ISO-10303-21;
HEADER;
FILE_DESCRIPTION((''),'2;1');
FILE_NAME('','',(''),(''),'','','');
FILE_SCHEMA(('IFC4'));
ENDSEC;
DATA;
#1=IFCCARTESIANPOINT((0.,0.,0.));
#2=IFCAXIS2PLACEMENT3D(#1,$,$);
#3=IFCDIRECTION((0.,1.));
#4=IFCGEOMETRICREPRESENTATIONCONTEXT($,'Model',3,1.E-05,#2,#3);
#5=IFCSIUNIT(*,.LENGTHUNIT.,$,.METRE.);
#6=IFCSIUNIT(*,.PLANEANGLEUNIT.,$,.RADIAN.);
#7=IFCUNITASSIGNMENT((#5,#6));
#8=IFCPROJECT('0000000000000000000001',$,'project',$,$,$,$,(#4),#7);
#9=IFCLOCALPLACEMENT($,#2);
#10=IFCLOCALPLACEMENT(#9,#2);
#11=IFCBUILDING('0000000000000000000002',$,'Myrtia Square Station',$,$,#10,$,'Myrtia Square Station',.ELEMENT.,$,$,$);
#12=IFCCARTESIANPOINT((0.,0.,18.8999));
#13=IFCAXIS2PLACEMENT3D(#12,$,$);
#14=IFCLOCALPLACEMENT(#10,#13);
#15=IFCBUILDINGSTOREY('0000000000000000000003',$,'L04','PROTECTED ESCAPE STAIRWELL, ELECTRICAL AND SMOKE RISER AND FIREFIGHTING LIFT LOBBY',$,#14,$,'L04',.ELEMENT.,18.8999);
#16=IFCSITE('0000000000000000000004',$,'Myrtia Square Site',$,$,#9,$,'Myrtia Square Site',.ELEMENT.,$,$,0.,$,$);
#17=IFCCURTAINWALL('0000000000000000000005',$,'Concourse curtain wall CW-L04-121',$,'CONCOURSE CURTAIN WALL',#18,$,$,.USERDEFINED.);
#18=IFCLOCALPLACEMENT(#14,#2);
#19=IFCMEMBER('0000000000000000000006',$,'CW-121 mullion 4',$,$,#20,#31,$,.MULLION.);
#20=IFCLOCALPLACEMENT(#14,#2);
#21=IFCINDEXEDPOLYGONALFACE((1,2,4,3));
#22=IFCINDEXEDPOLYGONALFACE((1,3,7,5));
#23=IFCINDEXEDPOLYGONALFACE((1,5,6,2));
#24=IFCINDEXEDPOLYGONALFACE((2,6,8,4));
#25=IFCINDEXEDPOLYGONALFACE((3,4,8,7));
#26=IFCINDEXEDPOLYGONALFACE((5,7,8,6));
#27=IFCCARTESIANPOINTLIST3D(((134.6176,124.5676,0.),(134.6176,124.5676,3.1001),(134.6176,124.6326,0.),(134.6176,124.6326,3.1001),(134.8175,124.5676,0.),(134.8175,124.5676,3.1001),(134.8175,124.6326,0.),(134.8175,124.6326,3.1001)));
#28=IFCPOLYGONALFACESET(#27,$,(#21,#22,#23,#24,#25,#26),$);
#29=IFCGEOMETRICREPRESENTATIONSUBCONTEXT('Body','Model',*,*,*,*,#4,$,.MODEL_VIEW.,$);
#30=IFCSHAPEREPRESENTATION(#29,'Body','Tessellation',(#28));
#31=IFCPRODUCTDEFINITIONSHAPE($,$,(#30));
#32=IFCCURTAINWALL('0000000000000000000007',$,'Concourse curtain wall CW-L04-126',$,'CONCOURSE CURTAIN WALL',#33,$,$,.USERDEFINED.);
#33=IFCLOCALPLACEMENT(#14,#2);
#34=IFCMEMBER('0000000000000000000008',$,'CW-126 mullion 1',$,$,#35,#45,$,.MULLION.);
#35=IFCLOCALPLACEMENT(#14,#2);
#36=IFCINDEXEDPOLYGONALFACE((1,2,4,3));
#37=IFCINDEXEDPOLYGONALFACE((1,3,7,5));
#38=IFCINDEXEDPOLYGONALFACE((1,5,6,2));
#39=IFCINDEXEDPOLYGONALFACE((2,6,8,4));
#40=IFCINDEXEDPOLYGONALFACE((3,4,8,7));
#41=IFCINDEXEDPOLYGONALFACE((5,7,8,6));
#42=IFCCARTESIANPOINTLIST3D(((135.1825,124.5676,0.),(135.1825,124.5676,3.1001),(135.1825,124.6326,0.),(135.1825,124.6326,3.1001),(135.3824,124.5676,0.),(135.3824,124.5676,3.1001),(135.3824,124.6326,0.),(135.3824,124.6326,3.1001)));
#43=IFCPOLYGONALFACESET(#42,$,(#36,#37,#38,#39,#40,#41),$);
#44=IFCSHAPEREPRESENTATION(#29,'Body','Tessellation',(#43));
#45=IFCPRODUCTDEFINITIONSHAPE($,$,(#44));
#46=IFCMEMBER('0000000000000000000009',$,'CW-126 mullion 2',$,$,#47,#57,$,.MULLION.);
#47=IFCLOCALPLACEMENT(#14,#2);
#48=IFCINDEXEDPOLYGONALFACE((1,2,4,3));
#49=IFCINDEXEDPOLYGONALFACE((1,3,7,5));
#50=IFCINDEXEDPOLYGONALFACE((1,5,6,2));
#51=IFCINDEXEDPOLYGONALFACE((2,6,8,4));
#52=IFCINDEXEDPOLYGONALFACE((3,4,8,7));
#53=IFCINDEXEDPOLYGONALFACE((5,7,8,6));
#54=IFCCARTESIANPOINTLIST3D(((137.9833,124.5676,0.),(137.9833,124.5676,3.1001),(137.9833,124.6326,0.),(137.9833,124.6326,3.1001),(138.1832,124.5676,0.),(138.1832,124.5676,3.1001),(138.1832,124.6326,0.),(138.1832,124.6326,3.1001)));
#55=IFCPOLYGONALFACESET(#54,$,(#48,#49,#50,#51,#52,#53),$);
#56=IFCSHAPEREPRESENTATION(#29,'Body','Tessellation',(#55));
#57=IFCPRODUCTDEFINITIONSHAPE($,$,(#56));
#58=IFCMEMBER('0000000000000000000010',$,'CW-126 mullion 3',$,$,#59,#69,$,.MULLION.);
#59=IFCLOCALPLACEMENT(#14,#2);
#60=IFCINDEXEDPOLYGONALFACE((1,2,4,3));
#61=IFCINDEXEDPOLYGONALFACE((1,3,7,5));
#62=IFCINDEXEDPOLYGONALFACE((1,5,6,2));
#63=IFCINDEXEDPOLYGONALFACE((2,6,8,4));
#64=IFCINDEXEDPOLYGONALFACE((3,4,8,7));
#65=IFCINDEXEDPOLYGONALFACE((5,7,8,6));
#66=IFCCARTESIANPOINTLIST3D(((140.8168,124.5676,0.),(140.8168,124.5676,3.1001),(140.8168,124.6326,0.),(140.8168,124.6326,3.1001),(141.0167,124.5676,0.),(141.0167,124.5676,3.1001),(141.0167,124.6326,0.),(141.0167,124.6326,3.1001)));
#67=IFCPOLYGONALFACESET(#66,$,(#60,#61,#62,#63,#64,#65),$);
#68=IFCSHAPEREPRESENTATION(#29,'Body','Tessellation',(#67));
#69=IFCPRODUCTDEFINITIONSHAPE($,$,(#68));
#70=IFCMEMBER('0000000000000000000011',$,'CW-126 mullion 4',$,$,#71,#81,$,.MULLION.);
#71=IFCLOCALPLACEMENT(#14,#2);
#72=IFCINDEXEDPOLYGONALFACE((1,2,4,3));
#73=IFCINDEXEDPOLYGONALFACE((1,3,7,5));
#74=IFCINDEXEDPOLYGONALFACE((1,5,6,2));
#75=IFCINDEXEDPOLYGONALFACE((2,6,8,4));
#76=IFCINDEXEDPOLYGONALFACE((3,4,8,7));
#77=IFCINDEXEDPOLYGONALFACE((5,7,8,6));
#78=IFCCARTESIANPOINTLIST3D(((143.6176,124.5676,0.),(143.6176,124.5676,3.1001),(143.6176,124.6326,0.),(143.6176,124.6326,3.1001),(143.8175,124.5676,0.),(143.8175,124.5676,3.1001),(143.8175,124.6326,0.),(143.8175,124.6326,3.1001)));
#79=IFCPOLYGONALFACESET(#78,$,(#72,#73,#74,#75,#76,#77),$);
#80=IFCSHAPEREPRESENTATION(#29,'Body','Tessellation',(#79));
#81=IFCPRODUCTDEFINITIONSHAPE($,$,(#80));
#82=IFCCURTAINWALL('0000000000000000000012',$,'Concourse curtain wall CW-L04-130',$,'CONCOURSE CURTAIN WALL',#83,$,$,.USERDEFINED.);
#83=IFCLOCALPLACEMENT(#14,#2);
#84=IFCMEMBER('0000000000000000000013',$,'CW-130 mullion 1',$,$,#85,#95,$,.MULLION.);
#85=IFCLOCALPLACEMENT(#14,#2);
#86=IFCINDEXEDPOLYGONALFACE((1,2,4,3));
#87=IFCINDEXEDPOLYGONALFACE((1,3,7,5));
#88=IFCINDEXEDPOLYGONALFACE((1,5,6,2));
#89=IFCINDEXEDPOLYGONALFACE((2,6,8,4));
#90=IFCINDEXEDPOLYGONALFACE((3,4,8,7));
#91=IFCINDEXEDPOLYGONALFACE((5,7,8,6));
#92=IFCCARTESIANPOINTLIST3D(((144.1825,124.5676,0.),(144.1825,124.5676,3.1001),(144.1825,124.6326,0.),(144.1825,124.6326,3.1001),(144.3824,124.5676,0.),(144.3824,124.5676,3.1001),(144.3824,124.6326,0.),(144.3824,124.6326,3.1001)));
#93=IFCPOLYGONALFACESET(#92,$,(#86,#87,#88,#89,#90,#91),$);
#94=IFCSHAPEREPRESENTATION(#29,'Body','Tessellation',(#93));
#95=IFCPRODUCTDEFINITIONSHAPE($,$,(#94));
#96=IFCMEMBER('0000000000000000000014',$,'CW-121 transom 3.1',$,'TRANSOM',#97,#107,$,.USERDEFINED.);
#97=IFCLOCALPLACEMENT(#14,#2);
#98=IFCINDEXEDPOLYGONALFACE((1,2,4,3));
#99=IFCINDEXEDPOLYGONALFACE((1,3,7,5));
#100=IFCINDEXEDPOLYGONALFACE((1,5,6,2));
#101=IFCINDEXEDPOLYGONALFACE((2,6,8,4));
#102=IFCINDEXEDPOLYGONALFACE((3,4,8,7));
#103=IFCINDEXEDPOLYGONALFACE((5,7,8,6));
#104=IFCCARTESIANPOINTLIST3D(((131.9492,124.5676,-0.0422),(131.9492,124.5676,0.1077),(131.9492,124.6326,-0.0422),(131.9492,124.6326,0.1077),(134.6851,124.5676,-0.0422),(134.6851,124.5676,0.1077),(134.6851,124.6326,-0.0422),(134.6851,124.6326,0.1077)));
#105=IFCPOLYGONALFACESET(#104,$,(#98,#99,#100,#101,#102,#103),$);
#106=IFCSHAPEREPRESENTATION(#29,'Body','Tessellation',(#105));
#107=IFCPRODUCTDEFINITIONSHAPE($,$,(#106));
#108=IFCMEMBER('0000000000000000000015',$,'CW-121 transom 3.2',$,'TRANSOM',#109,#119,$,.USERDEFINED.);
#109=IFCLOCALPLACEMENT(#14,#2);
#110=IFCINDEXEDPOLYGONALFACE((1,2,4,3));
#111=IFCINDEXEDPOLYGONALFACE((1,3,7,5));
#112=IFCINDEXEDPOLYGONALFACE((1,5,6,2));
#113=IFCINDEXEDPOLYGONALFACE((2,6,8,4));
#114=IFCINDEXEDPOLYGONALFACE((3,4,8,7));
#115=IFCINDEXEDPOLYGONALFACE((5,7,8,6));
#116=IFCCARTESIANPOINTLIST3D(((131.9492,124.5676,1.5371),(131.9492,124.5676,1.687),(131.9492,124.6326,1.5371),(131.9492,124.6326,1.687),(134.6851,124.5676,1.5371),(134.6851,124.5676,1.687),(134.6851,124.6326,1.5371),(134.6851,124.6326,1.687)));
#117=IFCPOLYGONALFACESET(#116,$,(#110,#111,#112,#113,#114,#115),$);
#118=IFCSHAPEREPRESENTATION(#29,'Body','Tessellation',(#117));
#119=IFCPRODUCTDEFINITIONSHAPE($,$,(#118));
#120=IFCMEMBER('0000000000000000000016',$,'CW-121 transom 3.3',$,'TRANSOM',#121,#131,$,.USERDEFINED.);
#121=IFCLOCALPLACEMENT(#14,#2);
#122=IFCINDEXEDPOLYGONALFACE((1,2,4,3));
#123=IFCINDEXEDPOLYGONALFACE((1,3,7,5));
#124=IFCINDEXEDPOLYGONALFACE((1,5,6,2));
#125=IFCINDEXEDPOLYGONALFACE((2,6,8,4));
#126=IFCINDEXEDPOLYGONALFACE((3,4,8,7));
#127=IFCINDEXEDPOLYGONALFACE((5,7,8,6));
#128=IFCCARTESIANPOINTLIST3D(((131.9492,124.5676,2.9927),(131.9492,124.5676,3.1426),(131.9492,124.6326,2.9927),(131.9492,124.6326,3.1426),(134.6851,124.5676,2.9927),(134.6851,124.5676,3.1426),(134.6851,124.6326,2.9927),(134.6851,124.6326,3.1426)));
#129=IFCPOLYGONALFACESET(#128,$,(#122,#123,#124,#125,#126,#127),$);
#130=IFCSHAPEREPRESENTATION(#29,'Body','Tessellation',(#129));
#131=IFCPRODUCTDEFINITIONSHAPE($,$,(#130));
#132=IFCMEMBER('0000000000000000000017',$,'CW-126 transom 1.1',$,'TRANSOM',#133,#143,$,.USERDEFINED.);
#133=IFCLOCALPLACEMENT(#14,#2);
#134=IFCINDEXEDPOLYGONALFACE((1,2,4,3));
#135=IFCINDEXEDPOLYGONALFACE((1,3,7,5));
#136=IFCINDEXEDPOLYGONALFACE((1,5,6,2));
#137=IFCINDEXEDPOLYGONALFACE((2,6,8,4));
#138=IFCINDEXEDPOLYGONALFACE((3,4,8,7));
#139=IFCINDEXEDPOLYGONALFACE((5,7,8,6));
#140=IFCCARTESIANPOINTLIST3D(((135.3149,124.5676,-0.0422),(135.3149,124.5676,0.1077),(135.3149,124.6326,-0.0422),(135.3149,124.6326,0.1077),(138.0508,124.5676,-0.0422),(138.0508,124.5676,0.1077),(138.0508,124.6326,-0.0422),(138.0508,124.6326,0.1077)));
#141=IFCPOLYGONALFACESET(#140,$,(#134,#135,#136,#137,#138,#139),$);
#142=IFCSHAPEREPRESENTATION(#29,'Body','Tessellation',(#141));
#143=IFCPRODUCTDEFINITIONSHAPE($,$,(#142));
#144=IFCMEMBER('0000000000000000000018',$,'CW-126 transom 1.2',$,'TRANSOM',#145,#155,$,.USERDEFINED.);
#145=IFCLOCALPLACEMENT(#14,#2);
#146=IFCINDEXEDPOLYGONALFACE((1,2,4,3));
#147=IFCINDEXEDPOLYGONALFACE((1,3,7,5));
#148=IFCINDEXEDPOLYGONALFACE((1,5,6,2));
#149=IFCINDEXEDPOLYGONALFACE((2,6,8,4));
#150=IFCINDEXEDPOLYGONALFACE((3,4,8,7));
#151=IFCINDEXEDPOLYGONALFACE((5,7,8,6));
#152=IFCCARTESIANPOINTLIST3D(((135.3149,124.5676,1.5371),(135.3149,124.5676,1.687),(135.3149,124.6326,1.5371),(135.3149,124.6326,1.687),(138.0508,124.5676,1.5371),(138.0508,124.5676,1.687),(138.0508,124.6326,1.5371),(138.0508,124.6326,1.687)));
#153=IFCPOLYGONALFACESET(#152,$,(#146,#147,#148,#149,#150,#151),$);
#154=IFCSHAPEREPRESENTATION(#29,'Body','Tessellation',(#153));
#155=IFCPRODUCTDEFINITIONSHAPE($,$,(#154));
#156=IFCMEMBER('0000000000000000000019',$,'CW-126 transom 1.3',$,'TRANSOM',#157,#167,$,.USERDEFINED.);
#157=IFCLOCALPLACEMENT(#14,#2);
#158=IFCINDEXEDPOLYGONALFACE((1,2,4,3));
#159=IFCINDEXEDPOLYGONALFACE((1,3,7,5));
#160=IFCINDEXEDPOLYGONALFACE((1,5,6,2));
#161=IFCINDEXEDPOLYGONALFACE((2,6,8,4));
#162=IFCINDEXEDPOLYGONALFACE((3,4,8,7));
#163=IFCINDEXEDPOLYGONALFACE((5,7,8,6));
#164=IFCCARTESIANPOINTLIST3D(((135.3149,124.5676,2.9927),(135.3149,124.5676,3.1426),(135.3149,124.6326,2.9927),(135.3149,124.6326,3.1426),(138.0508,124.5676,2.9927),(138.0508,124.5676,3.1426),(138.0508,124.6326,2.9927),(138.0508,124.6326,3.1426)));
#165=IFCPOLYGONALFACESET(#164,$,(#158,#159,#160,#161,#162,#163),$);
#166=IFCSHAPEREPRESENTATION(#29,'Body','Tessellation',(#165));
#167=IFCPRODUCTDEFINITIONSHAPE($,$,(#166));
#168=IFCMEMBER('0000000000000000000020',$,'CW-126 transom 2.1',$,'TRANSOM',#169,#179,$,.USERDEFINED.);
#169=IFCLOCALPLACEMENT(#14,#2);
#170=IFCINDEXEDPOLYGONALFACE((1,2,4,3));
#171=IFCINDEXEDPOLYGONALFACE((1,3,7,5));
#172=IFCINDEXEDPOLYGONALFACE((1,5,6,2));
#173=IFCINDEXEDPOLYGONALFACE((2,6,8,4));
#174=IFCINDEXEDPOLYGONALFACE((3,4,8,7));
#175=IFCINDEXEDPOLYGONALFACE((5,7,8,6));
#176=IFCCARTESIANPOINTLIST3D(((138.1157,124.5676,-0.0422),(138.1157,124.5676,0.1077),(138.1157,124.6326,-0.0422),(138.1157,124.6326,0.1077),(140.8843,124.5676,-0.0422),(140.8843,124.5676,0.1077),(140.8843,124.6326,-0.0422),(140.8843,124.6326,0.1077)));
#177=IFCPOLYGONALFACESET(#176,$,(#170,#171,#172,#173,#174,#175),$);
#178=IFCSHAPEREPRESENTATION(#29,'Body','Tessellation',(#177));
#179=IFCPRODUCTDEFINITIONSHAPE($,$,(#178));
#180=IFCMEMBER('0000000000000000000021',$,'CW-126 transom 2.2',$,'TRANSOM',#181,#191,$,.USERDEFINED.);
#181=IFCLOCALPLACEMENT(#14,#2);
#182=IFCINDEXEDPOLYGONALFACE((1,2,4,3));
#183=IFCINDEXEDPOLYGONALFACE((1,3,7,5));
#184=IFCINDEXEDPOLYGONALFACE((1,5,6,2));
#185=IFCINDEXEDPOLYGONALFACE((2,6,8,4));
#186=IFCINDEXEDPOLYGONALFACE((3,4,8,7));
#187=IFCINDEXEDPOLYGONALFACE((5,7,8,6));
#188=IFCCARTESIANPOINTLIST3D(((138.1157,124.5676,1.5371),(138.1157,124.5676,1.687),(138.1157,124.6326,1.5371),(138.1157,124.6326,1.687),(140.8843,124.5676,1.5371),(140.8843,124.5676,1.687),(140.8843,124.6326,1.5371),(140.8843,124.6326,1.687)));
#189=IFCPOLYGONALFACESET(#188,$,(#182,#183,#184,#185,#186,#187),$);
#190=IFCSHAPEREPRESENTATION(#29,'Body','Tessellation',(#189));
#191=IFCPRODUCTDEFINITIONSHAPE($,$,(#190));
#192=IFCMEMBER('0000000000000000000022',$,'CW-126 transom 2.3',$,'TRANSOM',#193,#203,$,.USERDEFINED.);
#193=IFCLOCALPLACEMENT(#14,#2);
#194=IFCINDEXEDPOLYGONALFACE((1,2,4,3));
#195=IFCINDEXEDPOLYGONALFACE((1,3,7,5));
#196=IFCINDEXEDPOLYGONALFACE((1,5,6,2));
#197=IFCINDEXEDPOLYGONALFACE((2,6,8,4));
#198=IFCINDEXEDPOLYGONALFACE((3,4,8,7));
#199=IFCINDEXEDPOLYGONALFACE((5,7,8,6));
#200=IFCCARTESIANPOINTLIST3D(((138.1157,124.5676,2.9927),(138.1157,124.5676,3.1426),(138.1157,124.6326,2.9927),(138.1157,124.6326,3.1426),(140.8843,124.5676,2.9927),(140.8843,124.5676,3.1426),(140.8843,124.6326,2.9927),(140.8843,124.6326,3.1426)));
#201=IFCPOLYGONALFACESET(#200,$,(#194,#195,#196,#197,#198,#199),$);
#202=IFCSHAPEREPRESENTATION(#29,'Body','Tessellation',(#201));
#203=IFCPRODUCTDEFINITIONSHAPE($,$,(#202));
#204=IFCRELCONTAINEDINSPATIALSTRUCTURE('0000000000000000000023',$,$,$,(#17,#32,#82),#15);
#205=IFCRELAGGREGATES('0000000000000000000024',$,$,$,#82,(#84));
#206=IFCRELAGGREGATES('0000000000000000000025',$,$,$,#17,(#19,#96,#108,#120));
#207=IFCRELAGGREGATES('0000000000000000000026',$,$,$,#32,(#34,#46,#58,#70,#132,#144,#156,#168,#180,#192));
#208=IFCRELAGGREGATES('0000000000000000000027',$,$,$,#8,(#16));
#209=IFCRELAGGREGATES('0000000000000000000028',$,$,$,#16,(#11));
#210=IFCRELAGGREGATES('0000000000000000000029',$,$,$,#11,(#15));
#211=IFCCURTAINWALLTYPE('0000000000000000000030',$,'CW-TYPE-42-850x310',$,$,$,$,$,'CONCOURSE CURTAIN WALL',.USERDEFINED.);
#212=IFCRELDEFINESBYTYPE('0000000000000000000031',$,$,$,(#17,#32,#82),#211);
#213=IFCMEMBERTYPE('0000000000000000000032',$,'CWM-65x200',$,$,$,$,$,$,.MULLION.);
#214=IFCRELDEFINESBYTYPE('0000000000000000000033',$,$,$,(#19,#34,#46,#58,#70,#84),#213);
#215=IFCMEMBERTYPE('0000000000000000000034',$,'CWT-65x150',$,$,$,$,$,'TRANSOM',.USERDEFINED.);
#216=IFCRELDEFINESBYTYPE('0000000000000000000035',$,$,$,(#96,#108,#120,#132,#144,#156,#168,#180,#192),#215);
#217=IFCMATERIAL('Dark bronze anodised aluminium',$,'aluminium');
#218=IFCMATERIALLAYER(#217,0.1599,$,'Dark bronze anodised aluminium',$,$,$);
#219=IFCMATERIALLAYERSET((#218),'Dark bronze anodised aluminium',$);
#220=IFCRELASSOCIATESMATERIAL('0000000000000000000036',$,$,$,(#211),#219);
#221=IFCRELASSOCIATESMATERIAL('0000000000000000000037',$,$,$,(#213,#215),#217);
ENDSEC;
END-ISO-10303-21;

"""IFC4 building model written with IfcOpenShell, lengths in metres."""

from ifc_helpers import new_model, si_unit, direction, frame, origin, origin_2d, place, context, subcontext, project, spatial, rectangle, extrude, material, layer, layer_set, material_profile, profile_set, type_object, element, aggregate, save


model = new_model("IFC4")

# Units and contexts
model_context = context("Model", 3, precision=1e-05, world=origin(), true_north=direction((0.0, 1.0)))
body_context = subcontext(model_context, "Body", "Model", "MODEL_VIEW")
ifc_project = project(units=[si_unit("LENGTHUNIT", "METRE"), si_unit("PLANEANGLEUNIT", "RADIAN")], contexts=[model_context])

# Site, building, storey
site_placement = place(None, origin())
site = spatial("IfcSite", under=ifc_project, at=site_placement, Name="Myrtia Square Site", LongName="Myrtia Square Site", CompositionType="ELEMENT", RefElevation=0.0)
building_placement = place(site_placement, origin())
building = spatial("IfcBuilding", under=site, at=building_placement, Name="Myrtia Square Station", LongName="Myrtia Square Station", CompositionType="ELEMENT")
storey_placement = place(building_placement, frame((0.0, 0.0, 18.8999)))
storey = spatial("IfcBuildingStorey", under=building, at=storey_placement, Name="L04", Description="PROTECTED ESCAPE STAIRWELL, ELECTRICAL AND SMOKE RISER AND FIREFIGHTING LIFT LOBBY", LongName="L04", CompositionType="ELEMENT", Elevation=18.8999)

# Curtain wall, member
ifc_material_1 = material(Name="Dark bronze anodised aluminium", Category="aluminium")
ifc_layer_1 = layer(ifc_material_1, 0.1599, Name="Dark bronze anodised aluminium")
ifc_layer_set_1 = layer_set([ifc_layer_1], Name="Dark bronze anodised aluminium")
curtain_wall_type = type_object("IfcCurtainWallType", Name="CW-TYPE-42-850x310", ElementType="CONCOURSE CURTAIN WALL", PredefinedType="USERDEFINED", material=ifc_layer_set_1)
curtain_wall_1_placement = place(storey_placement, origin())
curtain_wall_1 = element("IfcCurtainWall", 1, at=curtain_wall_1_placement, inside=storey, type_object=curtain_wall_type, Name="Concourse curtain wall CW-L04-121", ObjectType="CONCOURSE CURTAIN WALL", PredefinedType="USERDEFINED")
ifc_material_profile_1 = material_profile(ifc_material_1, rectangle(XDim=0.0649, YDim=0.2, at=origin_2d()), Name="ALU-M 65x200")
ifc_profile_set_1 = profile_set([ifc_material_profile_1], Name="Dark bronze anodised aluminium")
member_type_1 = type_object("IfcMemberType", Name="CWM-65x200", PredefinedType="MULLION", material=ifc_profile_set_1)
member_1_placement = place(storey_placement, frame((134.7175, 124.6001, 0.0), z_axis=(0.0, 0.0, 1.0), x_axis=(0.0, 1.0, 0.0)))
member_1 = element("IfcMember", 2, at=member_1_placement, type_object=member_type_1, Name="CW-121 mullion 4", PredefinedType="MULLION", context=body_context, shape_type="SweptSolid", body=[
    extrude(rectangle(XDim=0.0649, YDim=0.2, at=origin_2d()), origin(), (0.0, 0.0, 1.0), 3.1001),
])

# Curtain wall, members
curtain_wall_2_placement = place(storey_placement, origin())
curtain_wall_2 = element("IfcCurtainWall", 3, at=curtain_wall_2_placement, inside=storey, type_object=curtain_wall_type, Name="Concourse curtain wall CW-L04-126", ObjectType="CONCOURSE CURTAIN WALL", PredefinedType="USERDEFINED")
member_2_placement = place(storey_placement, frame((135.2825, 124.6001, 0.0), z_axis=(0.0, 0.0, 1.0), x_axis=(0.0, 1.0, 0.0)))
member_2 = element("IfcMember", 4, at=member_2_placement, type_object=member_type_1, Name="CW-126 mullion 1", PredefinedType="MULLION", context=body_context, shape_type="SweptSolid", body=[
    extrude(rectangle(XDim=0.0649, YDim=0.2, at=origin_2d()), origin(), (0.0, 0.0, 1.0), 3.1001),
])
member_3_placement = place(storey_placement, frame((138.0833, 124.6001, 0.0), z_axis=(0.0, 0.0, 1.0), x_axis=(0.0, 1.0, 0.0)))
member_3 = element("IfcMember", 5, at=member_3_placement, type_object=member_type_1, Name="CW-126 mullion 2", PredefinedType="MULLION", context=body_context, shape_type="SweptSolid", body=[
    extrude(rectangle(XDim=0.0649, YDim=0.2, at=origin_2d()), origin(), (0.0, 0.0, 1.0), 3.1001),
])
member_4_placement = place(storey_placement, frame((140.9167, 124.6001, 0.0), z_axis=(0.0, 0.0, 1.0), x_axis=(0.0, 1.0, 0.0)))
member_4 = element("IfcMember", 6, at=member_4_placement, type_object=member_type_1, Name="CW-126 mullion 3", PredefinedType="MULLION", context=body_context, shape_type="SweptSolid", body=[
    extrude(rectangle(XDim=0.0649, YDim=0.2, at=origin_2d()), origin(), (0.0, 0.0, 1.0), 3.1001),
])
member_5_placement = place(storey_placement, frame((143.7175, 124.6001, 0.0), z_axis=(0.0, 0.0, 1.0), x_axis=(0.0, 1.0, 0.0)))
member_5 = element("IfcMember", 7, at=member_5_placement, type_object=member_type_1, Name="CW-126 mullion 4", PredefinedType="MULLION", context=body_context, shape_type="SweptSolid", body=[
    extrude(rectangle(XDim=0.0649, YDim=0.2, at=origin_2d()), origin(), (0.0, 0.0, 1.0), 3.1001),
])

# Curtain wall, member
curtain_wall_3_placement = place(storey_placement, origin())
curtain_wall_3 = element("IfcCurtainWall", 8, at=curtain_wall_3_placement, inside=storey, type_object=curtain_wall_type, Name="Concourse curtain wall CW-L04-130", ObjectType="CONCOURSE CURTAIN WALL", PredefinedType="USERDEFINED")
member_6_placement = place(storey_placement, frame((144.2825, 124.6001, 0.0), z_axis=(0.0, 0.0, 1.0), x_axis=(0.0, 1.0, 0.0)))
member_6 = element("IfcMember", 9, at=member_6_placement, type_object=member_type_1, Name="CW-130 mullion 1", PredefinedType="MULLION", context=body_context, shape_type="SweptSolid", body=[
    extrude(rectangle(XDim=0.0649, YDim=0.2, at=origin_2d()), origin(), (0.0, 0.0, 1.0), 3.1001),
])

# Members
ifc_material_profile_2 = material_profile(ifc_material_1, rectangle(XDim=0.0649, YDim=0.1499, at=origin_2d()), Name="ALU-T 65x150")
ifc_profile_set_2 = profile_set([ifc_material_profile_2], Name="Dark bronze anodised aluminium")
member_type_2 = type_object("IfcMemberType", Name="CWT-65x150", ElementType="TRANSOM", PredefinedType="USERDEFINED", material=ifc_profile_set_2)
member_7_placement = place(storey_placement, frame((131.9492, 124.6001, 0.0327), z_axis=(1.0, 0.0, 0.0), x_axis=(0.0, 1.0, 0.0)))
member_7 = element("IfcMember", 10, at=member_7_placement, type_object=member_type_2, Name="CW-121 transom 3.1", ObjectType="TRANSOM", PredefinedType="USERDEFINED", context=body_context, shape_type="SweptSolid", body=[
    extrude(rectangle(XDim=0.0649, YDim=0.1499, at=origin_2d()), origin(), (0.0, 0.0, 1.0), 2.7358),
])
member_8_placement = place(storey_placement, frame((131.9492, 124.6001, 1.6121), z_axis=(1.0, 0.0, 0.0), x_axis=(0.0, 1.0, 0.0)))
member_8 = element("IfcMember", 11, at=member_8_placement, type_object=member_type_2, Name="CW-121 transom 3.2", ObjectType="TRANSOM", PredefinedType="USERDEFINED", context=body_context, shape_type="SweptSolid", body=[
    extrude(rectangle(XDim=0.0649, YDim=0.1499, at=origin_2d()), origin(), (0.0, 0.0, 1.0), 2.7358),
])
member_9_placement = place(storey_placement, frame((131.9492, 124.6001, 3.0676), z_axis=(1.0, 0.0, 0.0), x_axis=(0.0, 1.0, 0.0)))
member_9 = element("IfcMember", 12, at=member_9_placement, type_object=member_type_2, Name="CW-121 transom 3.3", ObjectType="TRANSOM", PredefinedType="USERDEFINED", context=body_context, shape_type="SweptSolid", body=[
    extrude(rectangle(XDim=0.0649, YDim=0.1499, at=origin_2d()), origin(), (0.0, 0.0, 1.0), 2.7358),
])
member_10_placement = place(storey_placement, frame((135.3149, 124.6001, 0.0327), z_axis=(1.0, 0.0, 0.0), x_axis=(0.0, 1.0, 0.0)))
member_10 = element("IfcMember", 13, at=member_10_placement, type_object=member_type_2, Name="CW-126 transom 1.1", ObjectType="TRANSOM", PredefinedType="USERDEFINED", context=body_context, shape_type="SweptSolid", body=[
    extrude(rectangle(XDim=0.0649, YDim=0.1499, at=origin_2d()), origin(), (0.0, 0.0, 1.0), 2.7358),
])
member_11_placement = place(storey_placement, frame((135.3149, 124.6001, 1.6121), z_axis=(1.0, 0.0, 0.0), x_axis=(0.0, 1.0, 0.0)))
member_11 = element("IfcMember", 14, at=member_11_placement, type_object=member_type_2, Name="CW-126 transom 1.2", ObjectType="TRANSOM", PredefinedType="USERDEFINED", context=body_context, shape_type="SweptSolid", body=[
    extrude(rectangle(XDim=0.0649, YDim=0.1499, at=origin_2d()), origin(), (0.0, 0.0, 1.0), 2.7358),
])
member_12_placement = place(storey_placement, frame((135.3149, 124.6001, 3.0676), z_axis=(1.0, 0.0, 0.0), x_axis=(0.0, 1.0, 0.0)))
member_12 = element("IfcMember", 15, at=member_12_placement, type_object=member_type_2, Name="CW-126 transom 1.3", ObjectType="TRANSOM", PredefinedType="USERDEFINED", context=body_context, shape_type="SweptSolid", body=[
    extrude(rectangle(XDim=0.0649, YDim=0.1499, at=origin_2d()), origin(), (0.0, 0.0, 1.0), 2.7358),
])
member_13_placement = place(storey_placement, frame((138.1157, 124.6001, 0.0327), z_axis=(1.0, 0.0, 0.0), x_axis=(0.0, 1.0, 0.0)))
member_13 = element("IfcMember", 16, at=member_13_placement, type_object=member_type_2, Name="CW-126 transom 2.1", ObjectType="TRANSOM", PredefinedType="USERDEFINED", context=body_context, shape_type="SweptSolid", body=[
    extrude(rectangle(XDim=0.0649, YDim=0.1499, at=origin_2d()), origin(), (0.0, 0.0, 1.0), 2.7686),
])
member_14_placement = place(storey_placement, frame((138.1157, 124.6001, 1.6121), z_axis=(1.0, 0.0, 0.0), x_axis=(0.0, 1.0, 0.0)))
member_14 = element("IfcMember", 17, at=member_14_placement, type_object=member_type_2, Name="CW-126 transom 2.2", ObjectType="TRANSOM", PredefinedType="USERDEFINED", context=body_context, shape_type="SweptSolid", body=[
    extrude(rectangle(XDim=0.0649, YDim=0.1499, at=origin_2d()), origin(), (0.0, 0.0, 1.0), 2.7686),
])
member_15_placement = place(storey_placement, frame((138.1157, 124.6001, 3.0676), z_axis=(1.0, 0.0, 0.0), x_axis=(0.0, 1.0, 0.0)))
member_15 = element("IfcMember", 18, at=member_15_placement, type_object=member_type_2, Name="CW-126 transom 2.3", ObjectType="TRANSOM", PredefinedType="USERDEFINED", context=body_context, shape_type="SweptSolid", body=[
    extrude(rectangle(XDim=0.0649, YDim=0.1499, at=origin_2d()), origin(), (0.0, 0.0, 1.0), 2.7686),
])
aggregate(curtain_wall_3, [member_6])

aggregate(curtain_wall_1, [member_1, member_7, member_8, member_9])
aggregate(curtain_wall_2, [member_2, member_3, member_4, member_5, member_10, member_11, member_12, member_13, member_14, member_15])

save(model, "model.ifc")
